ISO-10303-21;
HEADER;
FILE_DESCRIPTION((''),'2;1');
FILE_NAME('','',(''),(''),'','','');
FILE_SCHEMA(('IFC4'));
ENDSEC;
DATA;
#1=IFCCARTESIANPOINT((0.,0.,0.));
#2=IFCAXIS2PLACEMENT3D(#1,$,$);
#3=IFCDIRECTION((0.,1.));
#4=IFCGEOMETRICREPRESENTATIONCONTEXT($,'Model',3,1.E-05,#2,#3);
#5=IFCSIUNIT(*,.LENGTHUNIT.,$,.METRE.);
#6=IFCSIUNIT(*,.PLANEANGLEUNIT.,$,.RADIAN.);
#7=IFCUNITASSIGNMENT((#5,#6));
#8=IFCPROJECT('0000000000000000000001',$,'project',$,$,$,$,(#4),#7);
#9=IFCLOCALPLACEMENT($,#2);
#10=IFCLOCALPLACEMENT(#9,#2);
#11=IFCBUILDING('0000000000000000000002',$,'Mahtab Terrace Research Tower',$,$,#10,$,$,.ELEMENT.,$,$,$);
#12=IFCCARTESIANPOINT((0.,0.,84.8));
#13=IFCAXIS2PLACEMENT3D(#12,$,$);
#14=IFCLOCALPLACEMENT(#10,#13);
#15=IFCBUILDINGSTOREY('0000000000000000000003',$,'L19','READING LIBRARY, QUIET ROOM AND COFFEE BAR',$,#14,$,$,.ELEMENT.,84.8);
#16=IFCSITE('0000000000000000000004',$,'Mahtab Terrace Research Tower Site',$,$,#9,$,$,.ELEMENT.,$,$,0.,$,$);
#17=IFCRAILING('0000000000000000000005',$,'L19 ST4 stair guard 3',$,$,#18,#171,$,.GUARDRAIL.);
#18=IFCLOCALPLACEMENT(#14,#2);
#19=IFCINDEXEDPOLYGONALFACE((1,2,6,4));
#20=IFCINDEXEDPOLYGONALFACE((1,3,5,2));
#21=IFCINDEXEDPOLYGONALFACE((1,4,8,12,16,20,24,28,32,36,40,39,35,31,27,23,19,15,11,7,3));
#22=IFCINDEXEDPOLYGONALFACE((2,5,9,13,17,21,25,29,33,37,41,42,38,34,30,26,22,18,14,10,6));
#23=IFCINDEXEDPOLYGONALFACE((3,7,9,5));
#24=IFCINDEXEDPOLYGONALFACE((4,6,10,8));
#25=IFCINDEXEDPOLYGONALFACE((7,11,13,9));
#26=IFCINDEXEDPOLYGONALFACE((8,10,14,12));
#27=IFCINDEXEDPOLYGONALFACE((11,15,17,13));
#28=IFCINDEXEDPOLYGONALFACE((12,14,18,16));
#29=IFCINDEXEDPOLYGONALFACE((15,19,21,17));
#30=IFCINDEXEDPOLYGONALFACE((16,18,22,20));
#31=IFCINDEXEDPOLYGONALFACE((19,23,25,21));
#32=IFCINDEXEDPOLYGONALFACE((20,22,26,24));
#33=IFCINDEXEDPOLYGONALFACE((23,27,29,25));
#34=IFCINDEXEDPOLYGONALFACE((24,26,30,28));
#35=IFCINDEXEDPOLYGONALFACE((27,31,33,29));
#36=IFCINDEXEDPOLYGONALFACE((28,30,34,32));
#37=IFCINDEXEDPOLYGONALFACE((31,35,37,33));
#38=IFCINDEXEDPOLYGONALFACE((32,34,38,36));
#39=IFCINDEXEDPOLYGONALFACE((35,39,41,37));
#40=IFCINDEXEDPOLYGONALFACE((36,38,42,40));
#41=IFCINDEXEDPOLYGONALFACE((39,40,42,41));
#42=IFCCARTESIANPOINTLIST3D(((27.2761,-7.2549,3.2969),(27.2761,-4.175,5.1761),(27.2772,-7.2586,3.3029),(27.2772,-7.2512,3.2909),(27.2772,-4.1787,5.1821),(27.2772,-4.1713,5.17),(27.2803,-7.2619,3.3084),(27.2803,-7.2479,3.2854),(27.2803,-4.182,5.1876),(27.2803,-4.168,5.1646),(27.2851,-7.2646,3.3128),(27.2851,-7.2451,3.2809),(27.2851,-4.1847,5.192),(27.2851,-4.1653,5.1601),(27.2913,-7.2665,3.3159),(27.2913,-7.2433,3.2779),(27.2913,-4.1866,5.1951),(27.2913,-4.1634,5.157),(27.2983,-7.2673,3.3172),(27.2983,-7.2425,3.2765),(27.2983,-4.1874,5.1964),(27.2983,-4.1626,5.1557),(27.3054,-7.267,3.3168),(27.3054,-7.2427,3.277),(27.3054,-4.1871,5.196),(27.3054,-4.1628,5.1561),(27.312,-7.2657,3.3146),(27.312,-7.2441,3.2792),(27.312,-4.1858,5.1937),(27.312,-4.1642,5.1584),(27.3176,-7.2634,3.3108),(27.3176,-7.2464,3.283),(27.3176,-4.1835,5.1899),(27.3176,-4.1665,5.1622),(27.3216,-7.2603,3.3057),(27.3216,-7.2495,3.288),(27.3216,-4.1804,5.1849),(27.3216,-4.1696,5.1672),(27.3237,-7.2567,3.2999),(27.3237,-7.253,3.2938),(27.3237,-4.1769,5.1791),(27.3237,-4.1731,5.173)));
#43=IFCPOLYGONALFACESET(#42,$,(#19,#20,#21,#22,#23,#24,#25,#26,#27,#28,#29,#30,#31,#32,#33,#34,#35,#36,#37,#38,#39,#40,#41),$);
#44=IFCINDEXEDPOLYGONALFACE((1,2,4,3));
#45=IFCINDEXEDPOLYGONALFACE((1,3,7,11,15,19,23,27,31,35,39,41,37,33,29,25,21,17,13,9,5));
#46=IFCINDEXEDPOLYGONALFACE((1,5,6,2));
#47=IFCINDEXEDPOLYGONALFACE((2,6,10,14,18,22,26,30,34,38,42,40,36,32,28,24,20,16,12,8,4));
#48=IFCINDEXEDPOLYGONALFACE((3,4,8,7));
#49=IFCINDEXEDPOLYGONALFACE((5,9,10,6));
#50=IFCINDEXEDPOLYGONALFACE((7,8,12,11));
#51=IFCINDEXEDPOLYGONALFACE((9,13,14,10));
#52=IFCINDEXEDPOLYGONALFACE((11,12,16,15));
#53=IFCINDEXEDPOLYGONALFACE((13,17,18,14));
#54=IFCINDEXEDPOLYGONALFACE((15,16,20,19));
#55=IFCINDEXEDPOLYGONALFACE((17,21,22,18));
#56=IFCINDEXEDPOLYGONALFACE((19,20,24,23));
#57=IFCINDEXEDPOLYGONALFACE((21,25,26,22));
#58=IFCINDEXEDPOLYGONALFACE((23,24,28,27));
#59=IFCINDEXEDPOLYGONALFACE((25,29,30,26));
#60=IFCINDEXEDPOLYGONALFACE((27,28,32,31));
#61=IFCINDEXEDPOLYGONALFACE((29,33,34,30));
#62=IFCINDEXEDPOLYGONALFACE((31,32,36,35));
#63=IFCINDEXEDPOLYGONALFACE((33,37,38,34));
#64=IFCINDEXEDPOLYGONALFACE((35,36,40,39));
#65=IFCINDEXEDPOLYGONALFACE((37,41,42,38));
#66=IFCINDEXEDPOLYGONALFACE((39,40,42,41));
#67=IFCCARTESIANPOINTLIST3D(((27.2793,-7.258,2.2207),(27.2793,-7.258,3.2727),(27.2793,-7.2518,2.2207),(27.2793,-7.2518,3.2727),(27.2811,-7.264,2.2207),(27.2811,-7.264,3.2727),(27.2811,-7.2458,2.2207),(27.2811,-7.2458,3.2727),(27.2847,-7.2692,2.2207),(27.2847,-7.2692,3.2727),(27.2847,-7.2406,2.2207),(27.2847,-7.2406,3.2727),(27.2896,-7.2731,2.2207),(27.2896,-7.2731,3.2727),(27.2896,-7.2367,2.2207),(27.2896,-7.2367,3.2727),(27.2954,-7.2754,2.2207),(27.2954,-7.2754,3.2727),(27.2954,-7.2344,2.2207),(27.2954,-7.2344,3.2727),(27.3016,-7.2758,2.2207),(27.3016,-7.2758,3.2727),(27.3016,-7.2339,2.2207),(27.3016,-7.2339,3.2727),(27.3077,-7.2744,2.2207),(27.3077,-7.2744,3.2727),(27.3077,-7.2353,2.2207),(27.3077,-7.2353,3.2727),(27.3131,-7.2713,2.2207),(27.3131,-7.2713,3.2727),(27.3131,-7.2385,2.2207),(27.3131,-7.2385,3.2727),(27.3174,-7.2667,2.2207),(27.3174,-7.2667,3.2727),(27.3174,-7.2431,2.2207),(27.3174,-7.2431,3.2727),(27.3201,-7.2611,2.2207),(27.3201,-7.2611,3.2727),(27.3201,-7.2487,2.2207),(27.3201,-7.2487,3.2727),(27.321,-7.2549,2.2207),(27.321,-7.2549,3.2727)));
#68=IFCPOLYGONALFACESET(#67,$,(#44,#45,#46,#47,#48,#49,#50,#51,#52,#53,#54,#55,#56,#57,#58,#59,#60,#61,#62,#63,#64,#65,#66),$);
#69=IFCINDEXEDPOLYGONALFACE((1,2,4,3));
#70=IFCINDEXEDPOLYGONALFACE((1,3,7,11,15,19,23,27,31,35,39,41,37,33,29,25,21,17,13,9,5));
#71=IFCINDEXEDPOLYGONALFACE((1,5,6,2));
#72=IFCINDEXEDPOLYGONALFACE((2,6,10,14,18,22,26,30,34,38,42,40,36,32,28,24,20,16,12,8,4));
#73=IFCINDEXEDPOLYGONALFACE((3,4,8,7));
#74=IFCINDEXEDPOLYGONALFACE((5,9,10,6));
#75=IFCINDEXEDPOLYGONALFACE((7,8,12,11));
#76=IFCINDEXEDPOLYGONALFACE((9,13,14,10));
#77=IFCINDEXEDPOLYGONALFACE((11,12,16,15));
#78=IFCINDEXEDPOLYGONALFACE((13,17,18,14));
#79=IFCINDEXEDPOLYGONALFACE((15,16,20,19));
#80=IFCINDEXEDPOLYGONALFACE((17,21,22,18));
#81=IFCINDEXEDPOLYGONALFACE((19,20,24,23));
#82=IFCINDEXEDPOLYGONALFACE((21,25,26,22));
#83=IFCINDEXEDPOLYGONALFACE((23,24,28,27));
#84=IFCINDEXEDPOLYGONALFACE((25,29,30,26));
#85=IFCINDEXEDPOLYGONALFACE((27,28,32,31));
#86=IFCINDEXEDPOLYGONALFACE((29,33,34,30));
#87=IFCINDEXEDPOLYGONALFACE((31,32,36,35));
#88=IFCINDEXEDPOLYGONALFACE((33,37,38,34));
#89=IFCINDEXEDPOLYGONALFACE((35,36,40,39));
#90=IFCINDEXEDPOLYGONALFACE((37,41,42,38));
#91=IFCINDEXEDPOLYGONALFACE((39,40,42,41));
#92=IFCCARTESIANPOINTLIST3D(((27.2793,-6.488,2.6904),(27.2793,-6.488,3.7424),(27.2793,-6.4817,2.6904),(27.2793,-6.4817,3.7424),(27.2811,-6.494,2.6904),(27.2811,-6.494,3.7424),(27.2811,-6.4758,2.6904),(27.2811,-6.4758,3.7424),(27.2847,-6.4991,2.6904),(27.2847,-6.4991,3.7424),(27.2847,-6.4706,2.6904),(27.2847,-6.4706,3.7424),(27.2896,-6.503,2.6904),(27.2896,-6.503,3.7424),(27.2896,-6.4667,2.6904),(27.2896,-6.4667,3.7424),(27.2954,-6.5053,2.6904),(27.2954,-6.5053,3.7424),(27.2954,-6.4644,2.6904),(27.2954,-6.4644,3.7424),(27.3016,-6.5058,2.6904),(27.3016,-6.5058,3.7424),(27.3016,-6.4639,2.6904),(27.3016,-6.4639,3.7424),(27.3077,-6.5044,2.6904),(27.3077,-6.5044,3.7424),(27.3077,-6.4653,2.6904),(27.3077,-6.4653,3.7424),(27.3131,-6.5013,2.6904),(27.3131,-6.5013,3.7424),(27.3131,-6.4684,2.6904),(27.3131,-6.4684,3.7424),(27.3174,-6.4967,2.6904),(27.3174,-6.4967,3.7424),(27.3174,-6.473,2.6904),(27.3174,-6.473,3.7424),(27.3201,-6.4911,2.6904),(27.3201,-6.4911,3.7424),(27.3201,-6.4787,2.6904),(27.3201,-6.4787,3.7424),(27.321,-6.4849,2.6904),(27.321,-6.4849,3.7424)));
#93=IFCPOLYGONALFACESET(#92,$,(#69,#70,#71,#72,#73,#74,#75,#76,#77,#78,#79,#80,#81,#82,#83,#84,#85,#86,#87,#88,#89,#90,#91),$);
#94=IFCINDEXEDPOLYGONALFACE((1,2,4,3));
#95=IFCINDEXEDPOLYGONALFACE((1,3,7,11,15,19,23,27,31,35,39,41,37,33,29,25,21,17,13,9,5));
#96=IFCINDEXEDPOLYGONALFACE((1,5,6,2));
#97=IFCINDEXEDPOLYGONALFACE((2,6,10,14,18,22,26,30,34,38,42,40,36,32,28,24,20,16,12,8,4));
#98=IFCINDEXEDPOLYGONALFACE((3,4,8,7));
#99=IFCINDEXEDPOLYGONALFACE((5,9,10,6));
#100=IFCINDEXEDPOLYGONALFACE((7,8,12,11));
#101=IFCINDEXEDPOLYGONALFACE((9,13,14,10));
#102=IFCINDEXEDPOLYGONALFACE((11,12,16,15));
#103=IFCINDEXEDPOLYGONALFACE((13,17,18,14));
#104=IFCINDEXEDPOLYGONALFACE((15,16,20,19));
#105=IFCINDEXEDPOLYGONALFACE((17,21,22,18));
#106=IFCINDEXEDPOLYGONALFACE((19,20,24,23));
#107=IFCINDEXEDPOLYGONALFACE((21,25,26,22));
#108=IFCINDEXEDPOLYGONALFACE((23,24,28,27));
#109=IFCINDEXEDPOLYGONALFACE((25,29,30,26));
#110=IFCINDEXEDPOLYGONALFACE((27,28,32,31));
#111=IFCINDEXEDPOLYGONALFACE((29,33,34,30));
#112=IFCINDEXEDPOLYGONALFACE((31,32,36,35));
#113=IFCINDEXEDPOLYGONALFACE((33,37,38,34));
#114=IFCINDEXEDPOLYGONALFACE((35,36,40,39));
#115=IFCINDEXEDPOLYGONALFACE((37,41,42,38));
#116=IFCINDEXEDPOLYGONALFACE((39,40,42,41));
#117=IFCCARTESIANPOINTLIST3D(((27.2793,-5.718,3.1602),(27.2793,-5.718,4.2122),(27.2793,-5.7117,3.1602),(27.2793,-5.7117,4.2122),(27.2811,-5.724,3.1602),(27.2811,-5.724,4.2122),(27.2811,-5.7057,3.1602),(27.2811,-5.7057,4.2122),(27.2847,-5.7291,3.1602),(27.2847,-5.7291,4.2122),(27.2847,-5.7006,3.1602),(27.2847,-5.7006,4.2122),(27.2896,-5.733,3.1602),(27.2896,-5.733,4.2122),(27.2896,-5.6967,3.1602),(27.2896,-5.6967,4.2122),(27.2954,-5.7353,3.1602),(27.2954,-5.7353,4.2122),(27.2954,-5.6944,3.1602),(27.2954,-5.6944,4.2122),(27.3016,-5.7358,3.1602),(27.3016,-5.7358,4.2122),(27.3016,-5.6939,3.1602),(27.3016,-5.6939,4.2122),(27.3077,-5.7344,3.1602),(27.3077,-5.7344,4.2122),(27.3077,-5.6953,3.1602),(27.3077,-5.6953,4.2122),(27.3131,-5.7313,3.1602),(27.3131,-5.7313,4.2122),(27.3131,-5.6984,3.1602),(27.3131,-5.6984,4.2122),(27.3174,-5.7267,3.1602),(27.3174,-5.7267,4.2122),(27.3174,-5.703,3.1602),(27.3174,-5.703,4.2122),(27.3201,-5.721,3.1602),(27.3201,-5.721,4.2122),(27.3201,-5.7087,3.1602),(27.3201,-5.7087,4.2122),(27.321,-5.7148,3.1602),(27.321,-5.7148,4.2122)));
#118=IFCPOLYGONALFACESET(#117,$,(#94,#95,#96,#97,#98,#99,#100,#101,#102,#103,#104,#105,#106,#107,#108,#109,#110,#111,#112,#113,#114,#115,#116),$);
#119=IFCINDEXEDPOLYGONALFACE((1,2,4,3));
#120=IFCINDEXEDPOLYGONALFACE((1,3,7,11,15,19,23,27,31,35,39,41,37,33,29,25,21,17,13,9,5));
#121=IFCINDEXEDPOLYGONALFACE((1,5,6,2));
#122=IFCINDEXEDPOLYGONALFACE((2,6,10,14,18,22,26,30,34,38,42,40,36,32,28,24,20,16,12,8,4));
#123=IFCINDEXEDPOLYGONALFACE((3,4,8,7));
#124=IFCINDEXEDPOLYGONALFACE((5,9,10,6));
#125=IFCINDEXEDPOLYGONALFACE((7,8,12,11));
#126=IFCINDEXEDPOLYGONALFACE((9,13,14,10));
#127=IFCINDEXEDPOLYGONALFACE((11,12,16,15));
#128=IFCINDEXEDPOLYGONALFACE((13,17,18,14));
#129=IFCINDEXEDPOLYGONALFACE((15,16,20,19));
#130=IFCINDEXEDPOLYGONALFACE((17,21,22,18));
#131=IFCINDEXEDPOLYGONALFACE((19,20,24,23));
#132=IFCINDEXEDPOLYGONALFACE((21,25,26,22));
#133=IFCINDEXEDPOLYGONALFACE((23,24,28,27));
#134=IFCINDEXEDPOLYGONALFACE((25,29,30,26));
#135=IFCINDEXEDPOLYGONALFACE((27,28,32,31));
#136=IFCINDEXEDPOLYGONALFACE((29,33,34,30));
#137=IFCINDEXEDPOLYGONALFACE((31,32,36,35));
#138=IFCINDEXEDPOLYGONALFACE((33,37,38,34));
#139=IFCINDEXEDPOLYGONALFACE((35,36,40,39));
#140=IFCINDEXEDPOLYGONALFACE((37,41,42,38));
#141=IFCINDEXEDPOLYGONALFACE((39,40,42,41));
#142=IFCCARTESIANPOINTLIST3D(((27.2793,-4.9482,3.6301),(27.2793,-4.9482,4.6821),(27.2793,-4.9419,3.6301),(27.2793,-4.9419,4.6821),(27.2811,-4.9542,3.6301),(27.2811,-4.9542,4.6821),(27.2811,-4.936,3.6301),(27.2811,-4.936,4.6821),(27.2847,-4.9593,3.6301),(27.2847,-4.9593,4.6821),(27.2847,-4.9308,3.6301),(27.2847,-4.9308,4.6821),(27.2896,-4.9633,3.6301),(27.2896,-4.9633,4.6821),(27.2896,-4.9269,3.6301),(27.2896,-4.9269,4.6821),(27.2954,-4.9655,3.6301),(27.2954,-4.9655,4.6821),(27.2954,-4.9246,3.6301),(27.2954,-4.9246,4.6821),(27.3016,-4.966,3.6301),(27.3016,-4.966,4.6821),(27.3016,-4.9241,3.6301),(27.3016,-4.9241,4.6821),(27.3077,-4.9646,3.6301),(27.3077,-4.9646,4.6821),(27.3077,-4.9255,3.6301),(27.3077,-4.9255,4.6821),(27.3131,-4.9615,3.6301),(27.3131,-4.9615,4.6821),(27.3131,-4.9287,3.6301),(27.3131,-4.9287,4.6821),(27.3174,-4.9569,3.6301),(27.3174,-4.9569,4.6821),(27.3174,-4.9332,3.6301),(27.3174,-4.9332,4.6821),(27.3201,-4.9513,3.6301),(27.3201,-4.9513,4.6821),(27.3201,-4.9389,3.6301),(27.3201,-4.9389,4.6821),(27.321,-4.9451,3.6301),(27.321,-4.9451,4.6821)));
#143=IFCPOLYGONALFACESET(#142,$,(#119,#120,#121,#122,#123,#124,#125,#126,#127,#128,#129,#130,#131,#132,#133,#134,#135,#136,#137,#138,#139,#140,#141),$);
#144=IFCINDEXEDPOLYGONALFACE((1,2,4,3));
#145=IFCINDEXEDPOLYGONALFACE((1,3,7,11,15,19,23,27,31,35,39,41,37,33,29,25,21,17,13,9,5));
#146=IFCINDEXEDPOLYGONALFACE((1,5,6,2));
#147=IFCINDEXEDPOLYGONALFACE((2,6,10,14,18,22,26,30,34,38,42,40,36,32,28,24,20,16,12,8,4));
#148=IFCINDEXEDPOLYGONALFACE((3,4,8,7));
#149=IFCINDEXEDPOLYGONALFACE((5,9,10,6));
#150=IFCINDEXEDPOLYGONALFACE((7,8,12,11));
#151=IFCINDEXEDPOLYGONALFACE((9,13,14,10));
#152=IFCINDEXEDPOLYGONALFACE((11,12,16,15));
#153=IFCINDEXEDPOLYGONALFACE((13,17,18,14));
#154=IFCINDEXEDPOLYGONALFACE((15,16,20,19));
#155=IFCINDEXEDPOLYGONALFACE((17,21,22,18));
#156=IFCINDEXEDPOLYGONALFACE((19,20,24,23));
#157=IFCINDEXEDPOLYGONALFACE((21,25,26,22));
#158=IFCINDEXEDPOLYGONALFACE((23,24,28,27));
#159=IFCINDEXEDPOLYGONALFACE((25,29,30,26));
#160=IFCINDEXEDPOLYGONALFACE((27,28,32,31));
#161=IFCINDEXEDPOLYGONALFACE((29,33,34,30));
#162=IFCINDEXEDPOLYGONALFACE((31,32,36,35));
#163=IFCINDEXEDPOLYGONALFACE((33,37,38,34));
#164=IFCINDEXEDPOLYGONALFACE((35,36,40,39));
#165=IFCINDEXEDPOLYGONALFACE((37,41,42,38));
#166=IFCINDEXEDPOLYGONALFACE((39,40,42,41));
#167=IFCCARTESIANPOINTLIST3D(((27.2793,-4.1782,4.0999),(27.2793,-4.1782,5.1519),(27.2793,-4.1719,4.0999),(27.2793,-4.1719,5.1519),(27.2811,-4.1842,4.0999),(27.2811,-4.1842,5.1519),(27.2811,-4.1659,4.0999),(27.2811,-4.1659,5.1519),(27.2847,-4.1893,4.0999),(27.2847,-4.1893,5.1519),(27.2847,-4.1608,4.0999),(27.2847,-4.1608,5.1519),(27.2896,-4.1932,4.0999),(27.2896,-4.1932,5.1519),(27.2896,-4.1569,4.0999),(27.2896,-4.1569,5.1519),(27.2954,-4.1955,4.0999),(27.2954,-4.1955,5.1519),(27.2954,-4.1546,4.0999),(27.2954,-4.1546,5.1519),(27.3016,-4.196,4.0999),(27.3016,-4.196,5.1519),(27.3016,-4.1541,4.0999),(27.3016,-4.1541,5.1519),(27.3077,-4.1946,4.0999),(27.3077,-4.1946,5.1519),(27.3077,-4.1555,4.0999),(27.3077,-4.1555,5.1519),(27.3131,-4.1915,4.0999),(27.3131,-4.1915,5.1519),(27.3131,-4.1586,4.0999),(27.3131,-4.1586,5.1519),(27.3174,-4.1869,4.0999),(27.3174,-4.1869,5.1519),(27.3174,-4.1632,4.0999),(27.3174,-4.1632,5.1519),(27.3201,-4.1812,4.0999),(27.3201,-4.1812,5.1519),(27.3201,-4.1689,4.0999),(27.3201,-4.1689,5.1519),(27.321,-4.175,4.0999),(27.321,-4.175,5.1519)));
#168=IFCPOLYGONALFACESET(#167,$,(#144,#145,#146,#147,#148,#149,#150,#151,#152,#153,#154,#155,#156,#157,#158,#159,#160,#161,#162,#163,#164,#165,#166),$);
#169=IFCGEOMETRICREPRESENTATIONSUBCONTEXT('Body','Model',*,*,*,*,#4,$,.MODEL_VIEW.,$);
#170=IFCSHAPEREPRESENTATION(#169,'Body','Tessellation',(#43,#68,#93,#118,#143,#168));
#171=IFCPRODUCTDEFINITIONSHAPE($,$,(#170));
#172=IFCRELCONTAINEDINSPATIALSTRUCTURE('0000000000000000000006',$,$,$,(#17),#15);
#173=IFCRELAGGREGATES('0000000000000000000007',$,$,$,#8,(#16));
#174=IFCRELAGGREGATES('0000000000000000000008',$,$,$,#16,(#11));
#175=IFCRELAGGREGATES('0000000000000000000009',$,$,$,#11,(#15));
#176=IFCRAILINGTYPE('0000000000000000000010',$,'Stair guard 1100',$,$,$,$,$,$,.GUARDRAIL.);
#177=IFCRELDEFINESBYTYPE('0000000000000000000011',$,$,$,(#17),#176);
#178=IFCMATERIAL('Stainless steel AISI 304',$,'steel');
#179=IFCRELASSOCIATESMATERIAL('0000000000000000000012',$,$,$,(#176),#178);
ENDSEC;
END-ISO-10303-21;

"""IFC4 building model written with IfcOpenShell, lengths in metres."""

from ifc_helpers import new_model, si_unit, direction, frame, origin, origin_2d, place, context, subcontext, project, spatial, circle, extrude, material, type_object, element, save


model = new_model("IFC4")

# Units and contexts
model_context = context("Model", 3, precision=1e-05, world=origin(), true_north=direction((0.0, 1.0)))
body_context = subcontext(model_context, "Body", "Model", "MODEL_VIEW")
ifc_project = project(units=[si_unit("LENGTHUNIT", "METRE"), si_unit("PLANEANGLEUNIT", "RADIAN")], contexts=[model_context])

# Site, building, storey
site_placement = place(None, origin())
site = spatial("IfcSite", under=ifc_project, at=site_placement, Name="Mahtab Terrace Research Tower Site", CompositionType="ELEMENT", RefElevation=0.0)
building_placement = place(site_placement, origin())
building = spatial("IfcBuilding", under=site, at=building_placement, Name="Mahtab Terrace Research Tower", CompositionType="ELEMENT")
storey_placement = place(building_placement, frame((0.0, 0.0, 84.8)))
storey = spatial("IfcBuildingStorey", under=building, at=storey_placement, Name="L19", Description="READING LIBRARY, QUIET ROOM AND COFFEE BAR", CompositionType="ELEMENT", Elevation=84.8)

# Shared definitions
ifc_material_1 = material(Name="Stainless steel AISI 304", Category="steel")

# Railing
railing_type = type_object("IfcRailingType", Name="Stair guard 1100", PredefinedType="GUARDRAIL", material=ifc_material_1)
railing_1_placement = place(storey_placement, frame((27.3, -7.2549, 2.2207)))
element("IfcRailing", 1, at=railing_1_placement, inside=storey, type_object=railing_type, Name="L19 ST4 stair guard 3", PredefinedType="GUARDRAIL", context=body_context, shape_type="SweptSolid", body=[
    extrude(circle(Radius=0.0239, at=origin_2d()), frame((0.0, 0.0, 1.0762), z_axis=(0.0, 0.853648, 0.52085), x_axis=(-1.0, 0.0, 0.0)), (0.0, 0.0, 1.0), 3.6079),
    extrude(circle(Radius=0.021, at=origin_2d()), origin(), (0.0, 0.0, 1.0), 1.052),
    extrude(circle(Radius=0.021, at=origin_2d()), frame((0.0, 0.77, 0.4697)), (0.0, 0.0, 1.0), 1.052),
    extrude(circle(Radius=0.021, at=origin_2d()), frame((0.0, 1.54, 0.9395)), (0.0, 0.0, 1.0), 1.052),
    extrude(circle(Radius=0.021, at=origin_2d()), frame((0.0, 2.3098, 1.4094)), (0.0, 0.0, 1.0), 1.052),
    extrude(circle(Radius=0.021, at=origin_2d()), frame((0.0, 3.0798, 1.8792)), (0.0, 0.0, 1.0), 1.052),
])

save(model, "model.ifc")
